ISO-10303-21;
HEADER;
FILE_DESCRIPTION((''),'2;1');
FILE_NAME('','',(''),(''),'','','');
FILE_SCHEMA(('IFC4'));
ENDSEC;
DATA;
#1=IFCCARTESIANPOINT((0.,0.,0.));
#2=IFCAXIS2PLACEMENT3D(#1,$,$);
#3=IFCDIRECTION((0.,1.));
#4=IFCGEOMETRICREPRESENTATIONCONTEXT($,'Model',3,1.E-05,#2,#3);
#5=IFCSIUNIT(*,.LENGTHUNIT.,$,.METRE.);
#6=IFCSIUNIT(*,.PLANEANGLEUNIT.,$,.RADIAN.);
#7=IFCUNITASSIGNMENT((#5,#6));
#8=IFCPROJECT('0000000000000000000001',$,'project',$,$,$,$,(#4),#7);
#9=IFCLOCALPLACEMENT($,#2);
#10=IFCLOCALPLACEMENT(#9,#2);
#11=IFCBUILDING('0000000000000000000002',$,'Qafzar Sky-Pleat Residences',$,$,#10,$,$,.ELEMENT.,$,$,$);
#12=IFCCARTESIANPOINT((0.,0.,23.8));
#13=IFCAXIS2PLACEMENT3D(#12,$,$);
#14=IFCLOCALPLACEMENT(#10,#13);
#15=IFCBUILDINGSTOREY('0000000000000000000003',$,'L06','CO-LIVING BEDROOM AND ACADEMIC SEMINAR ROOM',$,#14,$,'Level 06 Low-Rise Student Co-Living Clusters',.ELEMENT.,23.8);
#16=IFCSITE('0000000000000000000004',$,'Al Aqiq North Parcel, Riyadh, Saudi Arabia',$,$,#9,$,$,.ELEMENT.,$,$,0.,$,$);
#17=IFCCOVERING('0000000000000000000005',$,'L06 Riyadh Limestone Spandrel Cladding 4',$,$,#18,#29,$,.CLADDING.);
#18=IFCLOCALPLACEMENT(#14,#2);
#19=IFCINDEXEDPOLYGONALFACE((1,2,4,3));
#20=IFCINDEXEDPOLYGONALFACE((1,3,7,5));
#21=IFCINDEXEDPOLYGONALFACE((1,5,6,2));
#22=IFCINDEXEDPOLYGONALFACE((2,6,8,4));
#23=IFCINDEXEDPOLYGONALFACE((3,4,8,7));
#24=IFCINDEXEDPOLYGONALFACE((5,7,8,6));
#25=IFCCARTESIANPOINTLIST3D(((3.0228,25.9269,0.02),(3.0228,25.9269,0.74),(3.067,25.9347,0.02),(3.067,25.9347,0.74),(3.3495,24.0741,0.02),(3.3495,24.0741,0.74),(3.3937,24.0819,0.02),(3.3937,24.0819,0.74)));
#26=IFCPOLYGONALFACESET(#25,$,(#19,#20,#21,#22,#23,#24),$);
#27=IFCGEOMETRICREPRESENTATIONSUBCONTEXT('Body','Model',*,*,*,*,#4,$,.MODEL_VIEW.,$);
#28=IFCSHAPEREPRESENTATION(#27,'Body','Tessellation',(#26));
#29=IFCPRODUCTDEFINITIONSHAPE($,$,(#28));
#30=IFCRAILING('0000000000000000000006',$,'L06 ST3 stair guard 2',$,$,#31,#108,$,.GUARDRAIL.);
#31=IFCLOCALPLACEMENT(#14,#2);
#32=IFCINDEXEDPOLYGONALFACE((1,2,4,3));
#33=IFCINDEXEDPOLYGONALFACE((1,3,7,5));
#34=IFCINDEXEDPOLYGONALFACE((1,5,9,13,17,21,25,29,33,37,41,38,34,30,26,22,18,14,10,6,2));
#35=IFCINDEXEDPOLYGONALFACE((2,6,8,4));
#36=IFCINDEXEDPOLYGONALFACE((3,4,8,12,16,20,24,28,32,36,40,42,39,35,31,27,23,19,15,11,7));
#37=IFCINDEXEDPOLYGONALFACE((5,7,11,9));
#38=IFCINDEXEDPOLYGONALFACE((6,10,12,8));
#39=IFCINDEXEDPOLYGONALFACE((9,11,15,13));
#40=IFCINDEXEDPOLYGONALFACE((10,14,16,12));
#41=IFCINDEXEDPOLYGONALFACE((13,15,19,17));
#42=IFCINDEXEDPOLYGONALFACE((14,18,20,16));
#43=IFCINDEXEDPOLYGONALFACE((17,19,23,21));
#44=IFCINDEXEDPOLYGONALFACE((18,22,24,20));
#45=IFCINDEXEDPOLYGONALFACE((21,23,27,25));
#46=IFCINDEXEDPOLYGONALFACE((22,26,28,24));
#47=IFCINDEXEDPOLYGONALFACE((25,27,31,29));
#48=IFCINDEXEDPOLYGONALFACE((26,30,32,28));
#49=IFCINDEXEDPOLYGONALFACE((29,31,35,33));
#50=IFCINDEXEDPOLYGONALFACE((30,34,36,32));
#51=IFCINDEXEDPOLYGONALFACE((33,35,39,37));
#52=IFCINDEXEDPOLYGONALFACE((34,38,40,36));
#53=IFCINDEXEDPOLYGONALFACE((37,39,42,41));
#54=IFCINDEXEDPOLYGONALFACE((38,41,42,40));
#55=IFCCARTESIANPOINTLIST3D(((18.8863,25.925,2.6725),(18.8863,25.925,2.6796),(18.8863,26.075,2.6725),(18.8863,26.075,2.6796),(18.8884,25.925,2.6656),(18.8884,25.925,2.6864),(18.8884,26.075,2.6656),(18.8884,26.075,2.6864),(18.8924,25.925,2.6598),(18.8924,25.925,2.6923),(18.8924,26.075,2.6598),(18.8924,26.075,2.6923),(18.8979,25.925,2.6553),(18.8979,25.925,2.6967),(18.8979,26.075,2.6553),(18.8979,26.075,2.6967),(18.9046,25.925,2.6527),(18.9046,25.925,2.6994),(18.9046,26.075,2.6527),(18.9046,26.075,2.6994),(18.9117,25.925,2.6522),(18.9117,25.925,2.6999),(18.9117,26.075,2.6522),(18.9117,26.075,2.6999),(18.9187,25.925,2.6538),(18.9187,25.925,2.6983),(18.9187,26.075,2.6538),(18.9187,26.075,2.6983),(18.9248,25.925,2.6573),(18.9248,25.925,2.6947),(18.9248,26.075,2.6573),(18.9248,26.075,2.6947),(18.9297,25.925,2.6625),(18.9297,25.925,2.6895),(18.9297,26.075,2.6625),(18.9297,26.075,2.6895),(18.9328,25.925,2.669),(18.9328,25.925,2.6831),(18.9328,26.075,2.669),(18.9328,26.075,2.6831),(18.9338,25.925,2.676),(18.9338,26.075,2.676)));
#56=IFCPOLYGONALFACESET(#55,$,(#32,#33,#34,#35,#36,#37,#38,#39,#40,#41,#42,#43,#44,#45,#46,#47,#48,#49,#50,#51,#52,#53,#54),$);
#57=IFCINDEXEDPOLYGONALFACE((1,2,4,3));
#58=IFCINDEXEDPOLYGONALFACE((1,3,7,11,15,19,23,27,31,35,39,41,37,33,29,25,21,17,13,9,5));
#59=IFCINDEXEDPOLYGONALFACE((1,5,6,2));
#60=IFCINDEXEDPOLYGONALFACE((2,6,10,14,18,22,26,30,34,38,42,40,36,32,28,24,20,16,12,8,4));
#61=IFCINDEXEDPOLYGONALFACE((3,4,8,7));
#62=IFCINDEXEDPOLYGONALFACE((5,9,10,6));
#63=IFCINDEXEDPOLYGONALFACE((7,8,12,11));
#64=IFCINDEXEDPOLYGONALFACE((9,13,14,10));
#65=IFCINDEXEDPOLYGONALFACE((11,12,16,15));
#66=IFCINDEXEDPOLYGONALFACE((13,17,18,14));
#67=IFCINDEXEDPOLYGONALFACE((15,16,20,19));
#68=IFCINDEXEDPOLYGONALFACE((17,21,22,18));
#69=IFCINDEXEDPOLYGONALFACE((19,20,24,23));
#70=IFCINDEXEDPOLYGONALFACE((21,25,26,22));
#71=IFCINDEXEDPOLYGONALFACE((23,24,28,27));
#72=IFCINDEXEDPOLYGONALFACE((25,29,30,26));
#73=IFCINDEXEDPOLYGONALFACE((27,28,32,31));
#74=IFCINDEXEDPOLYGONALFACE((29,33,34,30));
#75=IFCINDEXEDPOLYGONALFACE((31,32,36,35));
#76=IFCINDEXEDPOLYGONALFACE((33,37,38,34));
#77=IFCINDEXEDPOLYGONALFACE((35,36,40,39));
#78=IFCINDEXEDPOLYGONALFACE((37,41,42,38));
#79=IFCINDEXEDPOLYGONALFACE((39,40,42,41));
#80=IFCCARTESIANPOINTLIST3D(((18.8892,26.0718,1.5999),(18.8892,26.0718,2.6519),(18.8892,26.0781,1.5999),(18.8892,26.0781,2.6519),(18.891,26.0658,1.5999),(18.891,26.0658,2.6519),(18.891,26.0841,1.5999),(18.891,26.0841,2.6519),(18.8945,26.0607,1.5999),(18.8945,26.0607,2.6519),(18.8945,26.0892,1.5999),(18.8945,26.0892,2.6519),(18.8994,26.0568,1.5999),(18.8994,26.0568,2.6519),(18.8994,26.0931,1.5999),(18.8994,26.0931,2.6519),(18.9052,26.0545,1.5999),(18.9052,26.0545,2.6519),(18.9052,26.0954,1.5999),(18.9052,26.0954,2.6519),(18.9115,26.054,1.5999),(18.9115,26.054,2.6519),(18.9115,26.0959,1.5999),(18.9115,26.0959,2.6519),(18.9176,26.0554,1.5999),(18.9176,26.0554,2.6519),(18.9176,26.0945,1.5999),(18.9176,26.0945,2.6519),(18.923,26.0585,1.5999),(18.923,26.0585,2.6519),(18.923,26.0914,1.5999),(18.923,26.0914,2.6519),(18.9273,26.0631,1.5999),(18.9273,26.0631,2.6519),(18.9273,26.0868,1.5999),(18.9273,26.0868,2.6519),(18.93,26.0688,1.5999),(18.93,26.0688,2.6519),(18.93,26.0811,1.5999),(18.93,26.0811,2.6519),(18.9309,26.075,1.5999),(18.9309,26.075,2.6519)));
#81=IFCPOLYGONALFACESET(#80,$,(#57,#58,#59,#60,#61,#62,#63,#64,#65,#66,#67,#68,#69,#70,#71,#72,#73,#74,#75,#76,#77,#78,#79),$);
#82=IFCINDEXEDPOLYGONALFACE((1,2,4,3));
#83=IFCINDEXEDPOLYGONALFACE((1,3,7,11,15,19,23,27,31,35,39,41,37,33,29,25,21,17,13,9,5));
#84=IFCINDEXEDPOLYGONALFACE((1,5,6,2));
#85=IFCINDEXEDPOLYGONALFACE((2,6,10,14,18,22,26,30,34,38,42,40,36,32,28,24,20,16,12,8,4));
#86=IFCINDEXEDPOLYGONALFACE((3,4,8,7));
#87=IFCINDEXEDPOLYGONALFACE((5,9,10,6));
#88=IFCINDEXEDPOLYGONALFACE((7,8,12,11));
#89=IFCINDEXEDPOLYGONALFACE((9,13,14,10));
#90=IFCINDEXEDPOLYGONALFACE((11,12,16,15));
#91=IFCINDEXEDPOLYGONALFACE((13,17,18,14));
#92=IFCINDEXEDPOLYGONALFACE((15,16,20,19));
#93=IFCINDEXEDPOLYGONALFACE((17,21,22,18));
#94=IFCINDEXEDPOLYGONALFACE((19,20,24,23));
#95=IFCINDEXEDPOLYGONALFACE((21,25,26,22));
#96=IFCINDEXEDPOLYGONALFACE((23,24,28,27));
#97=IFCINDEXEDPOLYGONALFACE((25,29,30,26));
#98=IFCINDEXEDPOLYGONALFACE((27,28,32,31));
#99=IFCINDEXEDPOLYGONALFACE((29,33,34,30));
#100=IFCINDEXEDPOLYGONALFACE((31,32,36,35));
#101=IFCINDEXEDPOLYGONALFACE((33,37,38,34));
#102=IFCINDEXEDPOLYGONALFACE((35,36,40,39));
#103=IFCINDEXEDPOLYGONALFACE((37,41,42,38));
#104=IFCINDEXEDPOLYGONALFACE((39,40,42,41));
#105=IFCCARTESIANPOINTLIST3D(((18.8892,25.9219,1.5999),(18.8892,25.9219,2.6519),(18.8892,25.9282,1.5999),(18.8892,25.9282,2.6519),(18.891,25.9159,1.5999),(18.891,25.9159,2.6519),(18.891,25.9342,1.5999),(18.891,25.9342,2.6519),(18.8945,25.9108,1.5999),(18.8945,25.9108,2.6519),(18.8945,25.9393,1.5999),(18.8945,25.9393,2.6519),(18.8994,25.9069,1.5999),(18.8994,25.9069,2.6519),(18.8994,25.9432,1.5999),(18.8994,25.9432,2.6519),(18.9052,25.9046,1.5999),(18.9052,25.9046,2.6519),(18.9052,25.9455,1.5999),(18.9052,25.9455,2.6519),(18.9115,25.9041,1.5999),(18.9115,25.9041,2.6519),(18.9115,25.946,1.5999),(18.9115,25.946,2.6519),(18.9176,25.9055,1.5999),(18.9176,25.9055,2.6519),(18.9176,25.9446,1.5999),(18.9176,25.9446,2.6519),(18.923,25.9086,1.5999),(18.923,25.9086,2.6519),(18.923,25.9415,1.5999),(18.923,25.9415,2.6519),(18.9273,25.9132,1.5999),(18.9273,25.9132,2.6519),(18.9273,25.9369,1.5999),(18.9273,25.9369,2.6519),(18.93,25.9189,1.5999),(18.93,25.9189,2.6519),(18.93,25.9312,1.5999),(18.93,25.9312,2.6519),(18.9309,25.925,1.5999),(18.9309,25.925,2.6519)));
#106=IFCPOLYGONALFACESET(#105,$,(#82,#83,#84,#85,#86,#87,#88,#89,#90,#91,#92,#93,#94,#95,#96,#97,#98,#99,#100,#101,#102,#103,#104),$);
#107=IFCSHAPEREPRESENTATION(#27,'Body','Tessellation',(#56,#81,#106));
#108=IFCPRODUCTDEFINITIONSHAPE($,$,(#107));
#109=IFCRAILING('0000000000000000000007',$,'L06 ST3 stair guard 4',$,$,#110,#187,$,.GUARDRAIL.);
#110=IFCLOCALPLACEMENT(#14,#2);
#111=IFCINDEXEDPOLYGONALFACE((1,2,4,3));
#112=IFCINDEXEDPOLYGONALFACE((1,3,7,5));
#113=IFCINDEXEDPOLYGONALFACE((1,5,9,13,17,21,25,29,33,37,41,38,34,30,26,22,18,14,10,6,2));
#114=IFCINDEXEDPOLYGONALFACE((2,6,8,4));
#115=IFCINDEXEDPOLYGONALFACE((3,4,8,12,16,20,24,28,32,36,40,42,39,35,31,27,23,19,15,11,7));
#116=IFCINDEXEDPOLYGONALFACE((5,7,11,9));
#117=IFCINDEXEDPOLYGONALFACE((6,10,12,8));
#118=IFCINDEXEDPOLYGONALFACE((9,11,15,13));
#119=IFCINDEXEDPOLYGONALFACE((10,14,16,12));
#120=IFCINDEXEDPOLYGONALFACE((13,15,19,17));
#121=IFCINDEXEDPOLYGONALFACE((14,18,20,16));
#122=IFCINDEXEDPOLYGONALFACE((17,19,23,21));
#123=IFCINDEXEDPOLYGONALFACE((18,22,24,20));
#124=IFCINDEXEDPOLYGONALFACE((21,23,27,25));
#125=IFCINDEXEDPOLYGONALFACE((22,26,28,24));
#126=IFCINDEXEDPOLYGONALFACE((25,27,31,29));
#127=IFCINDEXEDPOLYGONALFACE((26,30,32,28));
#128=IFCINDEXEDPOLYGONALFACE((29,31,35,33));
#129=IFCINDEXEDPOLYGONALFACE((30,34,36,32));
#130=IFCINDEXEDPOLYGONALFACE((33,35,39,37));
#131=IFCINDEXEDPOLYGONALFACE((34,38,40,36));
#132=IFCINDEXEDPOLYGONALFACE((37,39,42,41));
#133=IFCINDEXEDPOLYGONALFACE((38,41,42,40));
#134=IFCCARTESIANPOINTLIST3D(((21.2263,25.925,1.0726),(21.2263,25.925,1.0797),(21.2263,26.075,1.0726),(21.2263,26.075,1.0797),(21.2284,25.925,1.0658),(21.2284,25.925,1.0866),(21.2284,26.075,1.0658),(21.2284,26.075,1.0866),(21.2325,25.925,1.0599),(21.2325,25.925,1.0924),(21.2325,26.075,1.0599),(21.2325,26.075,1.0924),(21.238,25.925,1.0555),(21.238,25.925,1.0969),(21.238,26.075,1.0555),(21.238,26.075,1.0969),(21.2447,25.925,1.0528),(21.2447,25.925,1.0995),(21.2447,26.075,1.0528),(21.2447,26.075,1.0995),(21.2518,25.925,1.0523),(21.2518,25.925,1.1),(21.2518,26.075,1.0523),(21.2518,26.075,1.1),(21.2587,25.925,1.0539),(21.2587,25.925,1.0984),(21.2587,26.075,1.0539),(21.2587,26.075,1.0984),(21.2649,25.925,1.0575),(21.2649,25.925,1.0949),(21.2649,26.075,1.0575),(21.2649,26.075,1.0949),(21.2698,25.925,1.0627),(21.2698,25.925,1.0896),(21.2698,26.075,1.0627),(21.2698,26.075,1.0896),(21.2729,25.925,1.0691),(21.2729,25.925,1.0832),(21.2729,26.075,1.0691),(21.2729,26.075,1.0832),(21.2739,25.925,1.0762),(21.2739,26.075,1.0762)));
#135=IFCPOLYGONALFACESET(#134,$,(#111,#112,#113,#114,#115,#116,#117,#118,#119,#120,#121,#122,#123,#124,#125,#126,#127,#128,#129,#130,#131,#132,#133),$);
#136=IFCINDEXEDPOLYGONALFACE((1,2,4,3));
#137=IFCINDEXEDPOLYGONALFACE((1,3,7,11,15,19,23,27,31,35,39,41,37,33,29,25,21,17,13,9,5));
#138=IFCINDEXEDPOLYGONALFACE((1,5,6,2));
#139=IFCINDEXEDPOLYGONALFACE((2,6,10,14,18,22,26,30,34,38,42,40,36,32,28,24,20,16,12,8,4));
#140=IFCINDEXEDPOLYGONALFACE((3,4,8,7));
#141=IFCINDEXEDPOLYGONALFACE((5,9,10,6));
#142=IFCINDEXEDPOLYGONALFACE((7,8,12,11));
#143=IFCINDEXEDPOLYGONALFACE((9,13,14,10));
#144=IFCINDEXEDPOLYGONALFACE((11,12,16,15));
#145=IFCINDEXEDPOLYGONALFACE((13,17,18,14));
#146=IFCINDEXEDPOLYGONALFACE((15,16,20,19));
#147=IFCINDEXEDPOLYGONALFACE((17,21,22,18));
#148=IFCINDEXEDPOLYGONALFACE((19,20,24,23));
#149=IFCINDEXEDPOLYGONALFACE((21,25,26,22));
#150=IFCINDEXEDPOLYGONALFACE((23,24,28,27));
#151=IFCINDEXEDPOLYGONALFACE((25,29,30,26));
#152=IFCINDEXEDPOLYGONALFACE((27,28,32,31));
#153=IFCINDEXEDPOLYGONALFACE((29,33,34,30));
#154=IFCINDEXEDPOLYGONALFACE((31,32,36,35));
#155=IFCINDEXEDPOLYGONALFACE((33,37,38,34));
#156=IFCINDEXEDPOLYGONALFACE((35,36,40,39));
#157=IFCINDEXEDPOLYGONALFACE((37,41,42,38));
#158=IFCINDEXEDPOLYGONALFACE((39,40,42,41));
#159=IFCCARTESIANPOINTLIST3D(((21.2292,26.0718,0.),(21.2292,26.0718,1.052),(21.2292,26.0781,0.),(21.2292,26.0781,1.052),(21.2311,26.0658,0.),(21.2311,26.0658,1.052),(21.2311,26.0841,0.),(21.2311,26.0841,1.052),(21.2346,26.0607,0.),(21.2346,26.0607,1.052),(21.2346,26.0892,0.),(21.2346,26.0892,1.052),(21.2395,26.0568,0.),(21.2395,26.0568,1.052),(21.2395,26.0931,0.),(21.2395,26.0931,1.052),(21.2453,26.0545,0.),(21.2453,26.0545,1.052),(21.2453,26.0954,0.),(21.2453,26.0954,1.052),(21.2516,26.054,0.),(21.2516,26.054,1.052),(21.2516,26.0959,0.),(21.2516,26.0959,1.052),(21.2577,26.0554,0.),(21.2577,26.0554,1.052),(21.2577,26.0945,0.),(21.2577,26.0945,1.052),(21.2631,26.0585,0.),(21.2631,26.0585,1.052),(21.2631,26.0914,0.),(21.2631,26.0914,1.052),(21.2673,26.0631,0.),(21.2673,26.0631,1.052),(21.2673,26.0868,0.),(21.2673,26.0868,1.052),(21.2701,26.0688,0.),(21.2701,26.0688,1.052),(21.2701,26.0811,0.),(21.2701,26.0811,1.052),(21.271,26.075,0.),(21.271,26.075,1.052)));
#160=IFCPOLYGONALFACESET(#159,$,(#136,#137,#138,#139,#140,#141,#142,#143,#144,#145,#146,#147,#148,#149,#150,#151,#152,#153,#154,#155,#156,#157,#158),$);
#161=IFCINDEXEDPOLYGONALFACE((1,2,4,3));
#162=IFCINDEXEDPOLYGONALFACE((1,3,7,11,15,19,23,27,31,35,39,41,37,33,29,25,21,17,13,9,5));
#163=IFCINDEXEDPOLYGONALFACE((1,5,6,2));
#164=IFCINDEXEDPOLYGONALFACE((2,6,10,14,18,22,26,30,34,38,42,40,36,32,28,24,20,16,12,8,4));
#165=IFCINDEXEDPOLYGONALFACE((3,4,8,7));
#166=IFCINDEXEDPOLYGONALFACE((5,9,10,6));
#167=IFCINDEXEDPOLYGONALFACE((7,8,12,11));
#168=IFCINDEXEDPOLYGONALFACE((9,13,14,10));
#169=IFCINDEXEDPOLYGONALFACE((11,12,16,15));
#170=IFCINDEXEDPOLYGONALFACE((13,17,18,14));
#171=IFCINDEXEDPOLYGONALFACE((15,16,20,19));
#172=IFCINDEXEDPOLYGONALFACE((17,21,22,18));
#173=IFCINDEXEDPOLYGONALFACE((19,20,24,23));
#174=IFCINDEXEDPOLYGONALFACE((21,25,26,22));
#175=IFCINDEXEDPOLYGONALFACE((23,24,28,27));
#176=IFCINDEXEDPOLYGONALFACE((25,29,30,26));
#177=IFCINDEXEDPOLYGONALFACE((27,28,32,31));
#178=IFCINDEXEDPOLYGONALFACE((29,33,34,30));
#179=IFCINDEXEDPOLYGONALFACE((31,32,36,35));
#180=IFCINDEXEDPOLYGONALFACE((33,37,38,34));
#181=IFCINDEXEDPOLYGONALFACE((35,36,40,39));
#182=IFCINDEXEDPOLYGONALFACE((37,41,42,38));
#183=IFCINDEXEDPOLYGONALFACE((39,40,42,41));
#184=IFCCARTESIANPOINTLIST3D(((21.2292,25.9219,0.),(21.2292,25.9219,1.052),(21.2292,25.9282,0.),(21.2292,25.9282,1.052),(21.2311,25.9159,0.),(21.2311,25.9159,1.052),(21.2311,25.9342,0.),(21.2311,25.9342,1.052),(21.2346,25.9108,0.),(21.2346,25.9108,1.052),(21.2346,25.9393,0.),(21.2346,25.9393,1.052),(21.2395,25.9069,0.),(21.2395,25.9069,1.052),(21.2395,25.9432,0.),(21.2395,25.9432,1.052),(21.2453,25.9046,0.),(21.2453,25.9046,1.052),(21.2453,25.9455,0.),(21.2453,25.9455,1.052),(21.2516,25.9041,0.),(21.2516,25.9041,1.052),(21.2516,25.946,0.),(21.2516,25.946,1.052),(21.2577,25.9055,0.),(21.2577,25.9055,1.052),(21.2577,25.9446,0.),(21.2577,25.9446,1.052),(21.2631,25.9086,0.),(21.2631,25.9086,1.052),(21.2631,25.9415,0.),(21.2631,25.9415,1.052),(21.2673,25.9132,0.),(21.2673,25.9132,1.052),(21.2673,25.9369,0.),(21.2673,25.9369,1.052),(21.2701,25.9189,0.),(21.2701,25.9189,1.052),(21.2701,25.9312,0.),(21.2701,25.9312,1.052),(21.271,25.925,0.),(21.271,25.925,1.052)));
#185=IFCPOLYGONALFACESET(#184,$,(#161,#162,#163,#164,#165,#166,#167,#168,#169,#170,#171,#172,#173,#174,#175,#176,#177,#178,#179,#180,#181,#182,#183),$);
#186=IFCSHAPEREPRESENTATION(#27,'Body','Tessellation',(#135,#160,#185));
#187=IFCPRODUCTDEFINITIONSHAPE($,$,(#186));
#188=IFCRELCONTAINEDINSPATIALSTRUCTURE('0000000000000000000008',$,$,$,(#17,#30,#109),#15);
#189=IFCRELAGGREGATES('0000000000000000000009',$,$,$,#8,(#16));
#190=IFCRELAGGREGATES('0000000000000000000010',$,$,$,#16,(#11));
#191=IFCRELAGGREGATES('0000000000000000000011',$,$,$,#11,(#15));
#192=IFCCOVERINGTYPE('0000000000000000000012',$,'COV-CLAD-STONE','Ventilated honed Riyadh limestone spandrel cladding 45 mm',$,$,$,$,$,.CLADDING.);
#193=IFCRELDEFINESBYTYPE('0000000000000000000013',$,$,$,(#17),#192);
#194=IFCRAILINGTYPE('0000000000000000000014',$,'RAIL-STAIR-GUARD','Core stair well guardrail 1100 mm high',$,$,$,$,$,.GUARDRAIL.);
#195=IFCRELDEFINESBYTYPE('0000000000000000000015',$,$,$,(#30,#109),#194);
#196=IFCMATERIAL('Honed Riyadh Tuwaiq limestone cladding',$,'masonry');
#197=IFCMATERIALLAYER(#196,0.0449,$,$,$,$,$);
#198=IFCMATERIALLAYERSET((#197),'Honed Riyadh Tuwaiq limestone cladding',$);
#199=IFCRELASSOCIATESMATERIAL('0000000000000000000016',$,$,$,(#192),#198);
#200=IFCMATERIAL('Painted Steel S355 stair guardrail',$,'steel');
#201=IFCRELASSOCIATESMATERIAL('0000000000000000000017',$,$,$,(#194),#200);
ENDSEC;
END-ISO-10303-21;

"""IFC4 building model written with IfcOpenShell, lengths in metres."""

from ifc_helpers import new_model, si_unit, direction, frame, origin, origin_2d, place, context, subcontext, project, spatial, rectangle, circle, extrude, source, transform, mapped, material, layer, layer_set, type_object, element, save


model = new_model("IFC4")

# Units and contexts
model_context = context("Model", 3, precision=1e-05, world=origin(), true_north=direction((0.0, 1.0)))
body_context = subcontext(model_context, "Body", "Model", "MODEL_VIEW")
ifc_project = project(units=[si_unit("LENGTHUNIT", "METRE"), si_unit("PLANEANGLEUNIT", "RADIAN")], contexts=[model_context])

# Site, building, storey
site_placement = place(None, origin())
site = spatial("IfcSite", under=ifc_project, at=site_placement, Name="Al Aqiq North Parcel, Riyadh, Saudi Arabia", CompositionType="ELEMENT", RefElevation=0.0)
building_placement = place(site_placement, origin())
building = spatial("IfcBuilding", under=site, at=building_placement, Name="Qafzar Sky-Pleat Residences", CompositionType="ELEMENT")
storey_placement = place(building_placement, frame((0.0, 0.0, 23.8)))
storey = spatial("IfcBuildingStorey", under=building, at=storey_placement, Name="L06", Description="CO-LIVING BEDROOM AND ACADEMIC SEMINAR ROOM", LongName="Level 06 Low-Rise Student Co-Living Clusters", CompositionType="ELEMENT", Elevation=23.8)

# Covering
ifc_material_1 = material(Name="Honed Riyadh Tuwaiq limestone cladding", Category="masonry")
ifc_layer_1 = layer(ifc_material_1, 0.0449)
ifc_layer_set_1 = layer_set([ifc_layer_1], Name="Honed Riyadh Tuwaiq limestone cladding")
covering_type = type_object("IfcCoveringType", Name="COV-CLAD-STONE", Description="Ventilated honed Riyadh limestone spandrel cladding 45 mm", PredefinedType="CLADDING", material=ifc_layer_set_1)
shared_shape_1 = source(origin(), body_context, "Body", "SweptSolid", [
    extrude(rectangle(XDim=1.8813, YDim=0.0449, at=origin_2d()), origin(), (0.0, 0.0, 1.0), 0.72),
])
covering_1_placement = place(storey_placement, frame((3.2083, 25.0044, 0.02), z_axis=(0.0, 0.0, 1.0), x_axis=(0.173663, -0.984805, 0.0)))
element("IfcCovering", 1, at=covering_1_placement, inside=storey, type_object=covering_type, Name="L06 Riyadh Limestone Spandrel Cladding 4", PredefinedType="CLADDING", context=body_context, shape_type="MappedRepresentation", body=[
    mapped(shared_shape_1, transform((0.0, 0.0, 0.0), x_axis=(1.0, 0.0, 0.0), y_axis=(0.0, 1.0, 0.0), z_axis=(0.0, 0.0, 1.0), scale=1.0)),
])

# Railings
ifc_material_2 = material(Name="Painted Steel S355 stair guardrail", Category="steel")
railing_type_1 = type_object("IfcRailingType", Name="RAIL-STAIR-GUARD", Description="Core stair well guardrail 1100 mm high", PredefinedType="GUARDRAIL", material=ifc_material_2)
shared_shape_2 = source(origin(), body_context, "Body", "SweptSolid", [
    extrude(circle(Radius=0.0239, at=origin_2d()), frame((0.0, 0.0, 1.0762), z_axis=(0.0, -1.0, 0.0), x_axis=(1.0, 0.0, 0.0)), (0.0, 0.0, 1.0), 0.1499),
    extrude(circle(Radius=0.021, at=origin_2d()), origin(), (0.0, 0.0, 1.0), 1.052),
    extrude(circle(Radius=0.021, at=origin_2d()), frame((0.0, -0.1499, 0.0)), (0.0, 0.0, 1.0), 1.052),
])
for number, where, name in (
    (2, (18.9099, 26.075, 1.5999), "L06 ST3 stair guard 2"),
    (3, (21.25, 26.075, 0.0), "L06 ST3 stair guard 4"),
):
    element("IfcRailing", number, at=place(storey_placement, frame(where)), inside=storey, type_object=railing_type_1, Name=name, PredefinedType="GUARDRAIL", context=body_context, shape_type="MappedRepresentation", body=[
        mapped(shared_shape_2, transform((0.0, 0.0, 0.0), x_axis=(1.0, 0.0, 0.0), y_axis=(0.0, 1.0, 0.0), z_axis=(0.0, 0.0, 1.0), scale=1.0)),
    ])

save(model, "model.ifc")
